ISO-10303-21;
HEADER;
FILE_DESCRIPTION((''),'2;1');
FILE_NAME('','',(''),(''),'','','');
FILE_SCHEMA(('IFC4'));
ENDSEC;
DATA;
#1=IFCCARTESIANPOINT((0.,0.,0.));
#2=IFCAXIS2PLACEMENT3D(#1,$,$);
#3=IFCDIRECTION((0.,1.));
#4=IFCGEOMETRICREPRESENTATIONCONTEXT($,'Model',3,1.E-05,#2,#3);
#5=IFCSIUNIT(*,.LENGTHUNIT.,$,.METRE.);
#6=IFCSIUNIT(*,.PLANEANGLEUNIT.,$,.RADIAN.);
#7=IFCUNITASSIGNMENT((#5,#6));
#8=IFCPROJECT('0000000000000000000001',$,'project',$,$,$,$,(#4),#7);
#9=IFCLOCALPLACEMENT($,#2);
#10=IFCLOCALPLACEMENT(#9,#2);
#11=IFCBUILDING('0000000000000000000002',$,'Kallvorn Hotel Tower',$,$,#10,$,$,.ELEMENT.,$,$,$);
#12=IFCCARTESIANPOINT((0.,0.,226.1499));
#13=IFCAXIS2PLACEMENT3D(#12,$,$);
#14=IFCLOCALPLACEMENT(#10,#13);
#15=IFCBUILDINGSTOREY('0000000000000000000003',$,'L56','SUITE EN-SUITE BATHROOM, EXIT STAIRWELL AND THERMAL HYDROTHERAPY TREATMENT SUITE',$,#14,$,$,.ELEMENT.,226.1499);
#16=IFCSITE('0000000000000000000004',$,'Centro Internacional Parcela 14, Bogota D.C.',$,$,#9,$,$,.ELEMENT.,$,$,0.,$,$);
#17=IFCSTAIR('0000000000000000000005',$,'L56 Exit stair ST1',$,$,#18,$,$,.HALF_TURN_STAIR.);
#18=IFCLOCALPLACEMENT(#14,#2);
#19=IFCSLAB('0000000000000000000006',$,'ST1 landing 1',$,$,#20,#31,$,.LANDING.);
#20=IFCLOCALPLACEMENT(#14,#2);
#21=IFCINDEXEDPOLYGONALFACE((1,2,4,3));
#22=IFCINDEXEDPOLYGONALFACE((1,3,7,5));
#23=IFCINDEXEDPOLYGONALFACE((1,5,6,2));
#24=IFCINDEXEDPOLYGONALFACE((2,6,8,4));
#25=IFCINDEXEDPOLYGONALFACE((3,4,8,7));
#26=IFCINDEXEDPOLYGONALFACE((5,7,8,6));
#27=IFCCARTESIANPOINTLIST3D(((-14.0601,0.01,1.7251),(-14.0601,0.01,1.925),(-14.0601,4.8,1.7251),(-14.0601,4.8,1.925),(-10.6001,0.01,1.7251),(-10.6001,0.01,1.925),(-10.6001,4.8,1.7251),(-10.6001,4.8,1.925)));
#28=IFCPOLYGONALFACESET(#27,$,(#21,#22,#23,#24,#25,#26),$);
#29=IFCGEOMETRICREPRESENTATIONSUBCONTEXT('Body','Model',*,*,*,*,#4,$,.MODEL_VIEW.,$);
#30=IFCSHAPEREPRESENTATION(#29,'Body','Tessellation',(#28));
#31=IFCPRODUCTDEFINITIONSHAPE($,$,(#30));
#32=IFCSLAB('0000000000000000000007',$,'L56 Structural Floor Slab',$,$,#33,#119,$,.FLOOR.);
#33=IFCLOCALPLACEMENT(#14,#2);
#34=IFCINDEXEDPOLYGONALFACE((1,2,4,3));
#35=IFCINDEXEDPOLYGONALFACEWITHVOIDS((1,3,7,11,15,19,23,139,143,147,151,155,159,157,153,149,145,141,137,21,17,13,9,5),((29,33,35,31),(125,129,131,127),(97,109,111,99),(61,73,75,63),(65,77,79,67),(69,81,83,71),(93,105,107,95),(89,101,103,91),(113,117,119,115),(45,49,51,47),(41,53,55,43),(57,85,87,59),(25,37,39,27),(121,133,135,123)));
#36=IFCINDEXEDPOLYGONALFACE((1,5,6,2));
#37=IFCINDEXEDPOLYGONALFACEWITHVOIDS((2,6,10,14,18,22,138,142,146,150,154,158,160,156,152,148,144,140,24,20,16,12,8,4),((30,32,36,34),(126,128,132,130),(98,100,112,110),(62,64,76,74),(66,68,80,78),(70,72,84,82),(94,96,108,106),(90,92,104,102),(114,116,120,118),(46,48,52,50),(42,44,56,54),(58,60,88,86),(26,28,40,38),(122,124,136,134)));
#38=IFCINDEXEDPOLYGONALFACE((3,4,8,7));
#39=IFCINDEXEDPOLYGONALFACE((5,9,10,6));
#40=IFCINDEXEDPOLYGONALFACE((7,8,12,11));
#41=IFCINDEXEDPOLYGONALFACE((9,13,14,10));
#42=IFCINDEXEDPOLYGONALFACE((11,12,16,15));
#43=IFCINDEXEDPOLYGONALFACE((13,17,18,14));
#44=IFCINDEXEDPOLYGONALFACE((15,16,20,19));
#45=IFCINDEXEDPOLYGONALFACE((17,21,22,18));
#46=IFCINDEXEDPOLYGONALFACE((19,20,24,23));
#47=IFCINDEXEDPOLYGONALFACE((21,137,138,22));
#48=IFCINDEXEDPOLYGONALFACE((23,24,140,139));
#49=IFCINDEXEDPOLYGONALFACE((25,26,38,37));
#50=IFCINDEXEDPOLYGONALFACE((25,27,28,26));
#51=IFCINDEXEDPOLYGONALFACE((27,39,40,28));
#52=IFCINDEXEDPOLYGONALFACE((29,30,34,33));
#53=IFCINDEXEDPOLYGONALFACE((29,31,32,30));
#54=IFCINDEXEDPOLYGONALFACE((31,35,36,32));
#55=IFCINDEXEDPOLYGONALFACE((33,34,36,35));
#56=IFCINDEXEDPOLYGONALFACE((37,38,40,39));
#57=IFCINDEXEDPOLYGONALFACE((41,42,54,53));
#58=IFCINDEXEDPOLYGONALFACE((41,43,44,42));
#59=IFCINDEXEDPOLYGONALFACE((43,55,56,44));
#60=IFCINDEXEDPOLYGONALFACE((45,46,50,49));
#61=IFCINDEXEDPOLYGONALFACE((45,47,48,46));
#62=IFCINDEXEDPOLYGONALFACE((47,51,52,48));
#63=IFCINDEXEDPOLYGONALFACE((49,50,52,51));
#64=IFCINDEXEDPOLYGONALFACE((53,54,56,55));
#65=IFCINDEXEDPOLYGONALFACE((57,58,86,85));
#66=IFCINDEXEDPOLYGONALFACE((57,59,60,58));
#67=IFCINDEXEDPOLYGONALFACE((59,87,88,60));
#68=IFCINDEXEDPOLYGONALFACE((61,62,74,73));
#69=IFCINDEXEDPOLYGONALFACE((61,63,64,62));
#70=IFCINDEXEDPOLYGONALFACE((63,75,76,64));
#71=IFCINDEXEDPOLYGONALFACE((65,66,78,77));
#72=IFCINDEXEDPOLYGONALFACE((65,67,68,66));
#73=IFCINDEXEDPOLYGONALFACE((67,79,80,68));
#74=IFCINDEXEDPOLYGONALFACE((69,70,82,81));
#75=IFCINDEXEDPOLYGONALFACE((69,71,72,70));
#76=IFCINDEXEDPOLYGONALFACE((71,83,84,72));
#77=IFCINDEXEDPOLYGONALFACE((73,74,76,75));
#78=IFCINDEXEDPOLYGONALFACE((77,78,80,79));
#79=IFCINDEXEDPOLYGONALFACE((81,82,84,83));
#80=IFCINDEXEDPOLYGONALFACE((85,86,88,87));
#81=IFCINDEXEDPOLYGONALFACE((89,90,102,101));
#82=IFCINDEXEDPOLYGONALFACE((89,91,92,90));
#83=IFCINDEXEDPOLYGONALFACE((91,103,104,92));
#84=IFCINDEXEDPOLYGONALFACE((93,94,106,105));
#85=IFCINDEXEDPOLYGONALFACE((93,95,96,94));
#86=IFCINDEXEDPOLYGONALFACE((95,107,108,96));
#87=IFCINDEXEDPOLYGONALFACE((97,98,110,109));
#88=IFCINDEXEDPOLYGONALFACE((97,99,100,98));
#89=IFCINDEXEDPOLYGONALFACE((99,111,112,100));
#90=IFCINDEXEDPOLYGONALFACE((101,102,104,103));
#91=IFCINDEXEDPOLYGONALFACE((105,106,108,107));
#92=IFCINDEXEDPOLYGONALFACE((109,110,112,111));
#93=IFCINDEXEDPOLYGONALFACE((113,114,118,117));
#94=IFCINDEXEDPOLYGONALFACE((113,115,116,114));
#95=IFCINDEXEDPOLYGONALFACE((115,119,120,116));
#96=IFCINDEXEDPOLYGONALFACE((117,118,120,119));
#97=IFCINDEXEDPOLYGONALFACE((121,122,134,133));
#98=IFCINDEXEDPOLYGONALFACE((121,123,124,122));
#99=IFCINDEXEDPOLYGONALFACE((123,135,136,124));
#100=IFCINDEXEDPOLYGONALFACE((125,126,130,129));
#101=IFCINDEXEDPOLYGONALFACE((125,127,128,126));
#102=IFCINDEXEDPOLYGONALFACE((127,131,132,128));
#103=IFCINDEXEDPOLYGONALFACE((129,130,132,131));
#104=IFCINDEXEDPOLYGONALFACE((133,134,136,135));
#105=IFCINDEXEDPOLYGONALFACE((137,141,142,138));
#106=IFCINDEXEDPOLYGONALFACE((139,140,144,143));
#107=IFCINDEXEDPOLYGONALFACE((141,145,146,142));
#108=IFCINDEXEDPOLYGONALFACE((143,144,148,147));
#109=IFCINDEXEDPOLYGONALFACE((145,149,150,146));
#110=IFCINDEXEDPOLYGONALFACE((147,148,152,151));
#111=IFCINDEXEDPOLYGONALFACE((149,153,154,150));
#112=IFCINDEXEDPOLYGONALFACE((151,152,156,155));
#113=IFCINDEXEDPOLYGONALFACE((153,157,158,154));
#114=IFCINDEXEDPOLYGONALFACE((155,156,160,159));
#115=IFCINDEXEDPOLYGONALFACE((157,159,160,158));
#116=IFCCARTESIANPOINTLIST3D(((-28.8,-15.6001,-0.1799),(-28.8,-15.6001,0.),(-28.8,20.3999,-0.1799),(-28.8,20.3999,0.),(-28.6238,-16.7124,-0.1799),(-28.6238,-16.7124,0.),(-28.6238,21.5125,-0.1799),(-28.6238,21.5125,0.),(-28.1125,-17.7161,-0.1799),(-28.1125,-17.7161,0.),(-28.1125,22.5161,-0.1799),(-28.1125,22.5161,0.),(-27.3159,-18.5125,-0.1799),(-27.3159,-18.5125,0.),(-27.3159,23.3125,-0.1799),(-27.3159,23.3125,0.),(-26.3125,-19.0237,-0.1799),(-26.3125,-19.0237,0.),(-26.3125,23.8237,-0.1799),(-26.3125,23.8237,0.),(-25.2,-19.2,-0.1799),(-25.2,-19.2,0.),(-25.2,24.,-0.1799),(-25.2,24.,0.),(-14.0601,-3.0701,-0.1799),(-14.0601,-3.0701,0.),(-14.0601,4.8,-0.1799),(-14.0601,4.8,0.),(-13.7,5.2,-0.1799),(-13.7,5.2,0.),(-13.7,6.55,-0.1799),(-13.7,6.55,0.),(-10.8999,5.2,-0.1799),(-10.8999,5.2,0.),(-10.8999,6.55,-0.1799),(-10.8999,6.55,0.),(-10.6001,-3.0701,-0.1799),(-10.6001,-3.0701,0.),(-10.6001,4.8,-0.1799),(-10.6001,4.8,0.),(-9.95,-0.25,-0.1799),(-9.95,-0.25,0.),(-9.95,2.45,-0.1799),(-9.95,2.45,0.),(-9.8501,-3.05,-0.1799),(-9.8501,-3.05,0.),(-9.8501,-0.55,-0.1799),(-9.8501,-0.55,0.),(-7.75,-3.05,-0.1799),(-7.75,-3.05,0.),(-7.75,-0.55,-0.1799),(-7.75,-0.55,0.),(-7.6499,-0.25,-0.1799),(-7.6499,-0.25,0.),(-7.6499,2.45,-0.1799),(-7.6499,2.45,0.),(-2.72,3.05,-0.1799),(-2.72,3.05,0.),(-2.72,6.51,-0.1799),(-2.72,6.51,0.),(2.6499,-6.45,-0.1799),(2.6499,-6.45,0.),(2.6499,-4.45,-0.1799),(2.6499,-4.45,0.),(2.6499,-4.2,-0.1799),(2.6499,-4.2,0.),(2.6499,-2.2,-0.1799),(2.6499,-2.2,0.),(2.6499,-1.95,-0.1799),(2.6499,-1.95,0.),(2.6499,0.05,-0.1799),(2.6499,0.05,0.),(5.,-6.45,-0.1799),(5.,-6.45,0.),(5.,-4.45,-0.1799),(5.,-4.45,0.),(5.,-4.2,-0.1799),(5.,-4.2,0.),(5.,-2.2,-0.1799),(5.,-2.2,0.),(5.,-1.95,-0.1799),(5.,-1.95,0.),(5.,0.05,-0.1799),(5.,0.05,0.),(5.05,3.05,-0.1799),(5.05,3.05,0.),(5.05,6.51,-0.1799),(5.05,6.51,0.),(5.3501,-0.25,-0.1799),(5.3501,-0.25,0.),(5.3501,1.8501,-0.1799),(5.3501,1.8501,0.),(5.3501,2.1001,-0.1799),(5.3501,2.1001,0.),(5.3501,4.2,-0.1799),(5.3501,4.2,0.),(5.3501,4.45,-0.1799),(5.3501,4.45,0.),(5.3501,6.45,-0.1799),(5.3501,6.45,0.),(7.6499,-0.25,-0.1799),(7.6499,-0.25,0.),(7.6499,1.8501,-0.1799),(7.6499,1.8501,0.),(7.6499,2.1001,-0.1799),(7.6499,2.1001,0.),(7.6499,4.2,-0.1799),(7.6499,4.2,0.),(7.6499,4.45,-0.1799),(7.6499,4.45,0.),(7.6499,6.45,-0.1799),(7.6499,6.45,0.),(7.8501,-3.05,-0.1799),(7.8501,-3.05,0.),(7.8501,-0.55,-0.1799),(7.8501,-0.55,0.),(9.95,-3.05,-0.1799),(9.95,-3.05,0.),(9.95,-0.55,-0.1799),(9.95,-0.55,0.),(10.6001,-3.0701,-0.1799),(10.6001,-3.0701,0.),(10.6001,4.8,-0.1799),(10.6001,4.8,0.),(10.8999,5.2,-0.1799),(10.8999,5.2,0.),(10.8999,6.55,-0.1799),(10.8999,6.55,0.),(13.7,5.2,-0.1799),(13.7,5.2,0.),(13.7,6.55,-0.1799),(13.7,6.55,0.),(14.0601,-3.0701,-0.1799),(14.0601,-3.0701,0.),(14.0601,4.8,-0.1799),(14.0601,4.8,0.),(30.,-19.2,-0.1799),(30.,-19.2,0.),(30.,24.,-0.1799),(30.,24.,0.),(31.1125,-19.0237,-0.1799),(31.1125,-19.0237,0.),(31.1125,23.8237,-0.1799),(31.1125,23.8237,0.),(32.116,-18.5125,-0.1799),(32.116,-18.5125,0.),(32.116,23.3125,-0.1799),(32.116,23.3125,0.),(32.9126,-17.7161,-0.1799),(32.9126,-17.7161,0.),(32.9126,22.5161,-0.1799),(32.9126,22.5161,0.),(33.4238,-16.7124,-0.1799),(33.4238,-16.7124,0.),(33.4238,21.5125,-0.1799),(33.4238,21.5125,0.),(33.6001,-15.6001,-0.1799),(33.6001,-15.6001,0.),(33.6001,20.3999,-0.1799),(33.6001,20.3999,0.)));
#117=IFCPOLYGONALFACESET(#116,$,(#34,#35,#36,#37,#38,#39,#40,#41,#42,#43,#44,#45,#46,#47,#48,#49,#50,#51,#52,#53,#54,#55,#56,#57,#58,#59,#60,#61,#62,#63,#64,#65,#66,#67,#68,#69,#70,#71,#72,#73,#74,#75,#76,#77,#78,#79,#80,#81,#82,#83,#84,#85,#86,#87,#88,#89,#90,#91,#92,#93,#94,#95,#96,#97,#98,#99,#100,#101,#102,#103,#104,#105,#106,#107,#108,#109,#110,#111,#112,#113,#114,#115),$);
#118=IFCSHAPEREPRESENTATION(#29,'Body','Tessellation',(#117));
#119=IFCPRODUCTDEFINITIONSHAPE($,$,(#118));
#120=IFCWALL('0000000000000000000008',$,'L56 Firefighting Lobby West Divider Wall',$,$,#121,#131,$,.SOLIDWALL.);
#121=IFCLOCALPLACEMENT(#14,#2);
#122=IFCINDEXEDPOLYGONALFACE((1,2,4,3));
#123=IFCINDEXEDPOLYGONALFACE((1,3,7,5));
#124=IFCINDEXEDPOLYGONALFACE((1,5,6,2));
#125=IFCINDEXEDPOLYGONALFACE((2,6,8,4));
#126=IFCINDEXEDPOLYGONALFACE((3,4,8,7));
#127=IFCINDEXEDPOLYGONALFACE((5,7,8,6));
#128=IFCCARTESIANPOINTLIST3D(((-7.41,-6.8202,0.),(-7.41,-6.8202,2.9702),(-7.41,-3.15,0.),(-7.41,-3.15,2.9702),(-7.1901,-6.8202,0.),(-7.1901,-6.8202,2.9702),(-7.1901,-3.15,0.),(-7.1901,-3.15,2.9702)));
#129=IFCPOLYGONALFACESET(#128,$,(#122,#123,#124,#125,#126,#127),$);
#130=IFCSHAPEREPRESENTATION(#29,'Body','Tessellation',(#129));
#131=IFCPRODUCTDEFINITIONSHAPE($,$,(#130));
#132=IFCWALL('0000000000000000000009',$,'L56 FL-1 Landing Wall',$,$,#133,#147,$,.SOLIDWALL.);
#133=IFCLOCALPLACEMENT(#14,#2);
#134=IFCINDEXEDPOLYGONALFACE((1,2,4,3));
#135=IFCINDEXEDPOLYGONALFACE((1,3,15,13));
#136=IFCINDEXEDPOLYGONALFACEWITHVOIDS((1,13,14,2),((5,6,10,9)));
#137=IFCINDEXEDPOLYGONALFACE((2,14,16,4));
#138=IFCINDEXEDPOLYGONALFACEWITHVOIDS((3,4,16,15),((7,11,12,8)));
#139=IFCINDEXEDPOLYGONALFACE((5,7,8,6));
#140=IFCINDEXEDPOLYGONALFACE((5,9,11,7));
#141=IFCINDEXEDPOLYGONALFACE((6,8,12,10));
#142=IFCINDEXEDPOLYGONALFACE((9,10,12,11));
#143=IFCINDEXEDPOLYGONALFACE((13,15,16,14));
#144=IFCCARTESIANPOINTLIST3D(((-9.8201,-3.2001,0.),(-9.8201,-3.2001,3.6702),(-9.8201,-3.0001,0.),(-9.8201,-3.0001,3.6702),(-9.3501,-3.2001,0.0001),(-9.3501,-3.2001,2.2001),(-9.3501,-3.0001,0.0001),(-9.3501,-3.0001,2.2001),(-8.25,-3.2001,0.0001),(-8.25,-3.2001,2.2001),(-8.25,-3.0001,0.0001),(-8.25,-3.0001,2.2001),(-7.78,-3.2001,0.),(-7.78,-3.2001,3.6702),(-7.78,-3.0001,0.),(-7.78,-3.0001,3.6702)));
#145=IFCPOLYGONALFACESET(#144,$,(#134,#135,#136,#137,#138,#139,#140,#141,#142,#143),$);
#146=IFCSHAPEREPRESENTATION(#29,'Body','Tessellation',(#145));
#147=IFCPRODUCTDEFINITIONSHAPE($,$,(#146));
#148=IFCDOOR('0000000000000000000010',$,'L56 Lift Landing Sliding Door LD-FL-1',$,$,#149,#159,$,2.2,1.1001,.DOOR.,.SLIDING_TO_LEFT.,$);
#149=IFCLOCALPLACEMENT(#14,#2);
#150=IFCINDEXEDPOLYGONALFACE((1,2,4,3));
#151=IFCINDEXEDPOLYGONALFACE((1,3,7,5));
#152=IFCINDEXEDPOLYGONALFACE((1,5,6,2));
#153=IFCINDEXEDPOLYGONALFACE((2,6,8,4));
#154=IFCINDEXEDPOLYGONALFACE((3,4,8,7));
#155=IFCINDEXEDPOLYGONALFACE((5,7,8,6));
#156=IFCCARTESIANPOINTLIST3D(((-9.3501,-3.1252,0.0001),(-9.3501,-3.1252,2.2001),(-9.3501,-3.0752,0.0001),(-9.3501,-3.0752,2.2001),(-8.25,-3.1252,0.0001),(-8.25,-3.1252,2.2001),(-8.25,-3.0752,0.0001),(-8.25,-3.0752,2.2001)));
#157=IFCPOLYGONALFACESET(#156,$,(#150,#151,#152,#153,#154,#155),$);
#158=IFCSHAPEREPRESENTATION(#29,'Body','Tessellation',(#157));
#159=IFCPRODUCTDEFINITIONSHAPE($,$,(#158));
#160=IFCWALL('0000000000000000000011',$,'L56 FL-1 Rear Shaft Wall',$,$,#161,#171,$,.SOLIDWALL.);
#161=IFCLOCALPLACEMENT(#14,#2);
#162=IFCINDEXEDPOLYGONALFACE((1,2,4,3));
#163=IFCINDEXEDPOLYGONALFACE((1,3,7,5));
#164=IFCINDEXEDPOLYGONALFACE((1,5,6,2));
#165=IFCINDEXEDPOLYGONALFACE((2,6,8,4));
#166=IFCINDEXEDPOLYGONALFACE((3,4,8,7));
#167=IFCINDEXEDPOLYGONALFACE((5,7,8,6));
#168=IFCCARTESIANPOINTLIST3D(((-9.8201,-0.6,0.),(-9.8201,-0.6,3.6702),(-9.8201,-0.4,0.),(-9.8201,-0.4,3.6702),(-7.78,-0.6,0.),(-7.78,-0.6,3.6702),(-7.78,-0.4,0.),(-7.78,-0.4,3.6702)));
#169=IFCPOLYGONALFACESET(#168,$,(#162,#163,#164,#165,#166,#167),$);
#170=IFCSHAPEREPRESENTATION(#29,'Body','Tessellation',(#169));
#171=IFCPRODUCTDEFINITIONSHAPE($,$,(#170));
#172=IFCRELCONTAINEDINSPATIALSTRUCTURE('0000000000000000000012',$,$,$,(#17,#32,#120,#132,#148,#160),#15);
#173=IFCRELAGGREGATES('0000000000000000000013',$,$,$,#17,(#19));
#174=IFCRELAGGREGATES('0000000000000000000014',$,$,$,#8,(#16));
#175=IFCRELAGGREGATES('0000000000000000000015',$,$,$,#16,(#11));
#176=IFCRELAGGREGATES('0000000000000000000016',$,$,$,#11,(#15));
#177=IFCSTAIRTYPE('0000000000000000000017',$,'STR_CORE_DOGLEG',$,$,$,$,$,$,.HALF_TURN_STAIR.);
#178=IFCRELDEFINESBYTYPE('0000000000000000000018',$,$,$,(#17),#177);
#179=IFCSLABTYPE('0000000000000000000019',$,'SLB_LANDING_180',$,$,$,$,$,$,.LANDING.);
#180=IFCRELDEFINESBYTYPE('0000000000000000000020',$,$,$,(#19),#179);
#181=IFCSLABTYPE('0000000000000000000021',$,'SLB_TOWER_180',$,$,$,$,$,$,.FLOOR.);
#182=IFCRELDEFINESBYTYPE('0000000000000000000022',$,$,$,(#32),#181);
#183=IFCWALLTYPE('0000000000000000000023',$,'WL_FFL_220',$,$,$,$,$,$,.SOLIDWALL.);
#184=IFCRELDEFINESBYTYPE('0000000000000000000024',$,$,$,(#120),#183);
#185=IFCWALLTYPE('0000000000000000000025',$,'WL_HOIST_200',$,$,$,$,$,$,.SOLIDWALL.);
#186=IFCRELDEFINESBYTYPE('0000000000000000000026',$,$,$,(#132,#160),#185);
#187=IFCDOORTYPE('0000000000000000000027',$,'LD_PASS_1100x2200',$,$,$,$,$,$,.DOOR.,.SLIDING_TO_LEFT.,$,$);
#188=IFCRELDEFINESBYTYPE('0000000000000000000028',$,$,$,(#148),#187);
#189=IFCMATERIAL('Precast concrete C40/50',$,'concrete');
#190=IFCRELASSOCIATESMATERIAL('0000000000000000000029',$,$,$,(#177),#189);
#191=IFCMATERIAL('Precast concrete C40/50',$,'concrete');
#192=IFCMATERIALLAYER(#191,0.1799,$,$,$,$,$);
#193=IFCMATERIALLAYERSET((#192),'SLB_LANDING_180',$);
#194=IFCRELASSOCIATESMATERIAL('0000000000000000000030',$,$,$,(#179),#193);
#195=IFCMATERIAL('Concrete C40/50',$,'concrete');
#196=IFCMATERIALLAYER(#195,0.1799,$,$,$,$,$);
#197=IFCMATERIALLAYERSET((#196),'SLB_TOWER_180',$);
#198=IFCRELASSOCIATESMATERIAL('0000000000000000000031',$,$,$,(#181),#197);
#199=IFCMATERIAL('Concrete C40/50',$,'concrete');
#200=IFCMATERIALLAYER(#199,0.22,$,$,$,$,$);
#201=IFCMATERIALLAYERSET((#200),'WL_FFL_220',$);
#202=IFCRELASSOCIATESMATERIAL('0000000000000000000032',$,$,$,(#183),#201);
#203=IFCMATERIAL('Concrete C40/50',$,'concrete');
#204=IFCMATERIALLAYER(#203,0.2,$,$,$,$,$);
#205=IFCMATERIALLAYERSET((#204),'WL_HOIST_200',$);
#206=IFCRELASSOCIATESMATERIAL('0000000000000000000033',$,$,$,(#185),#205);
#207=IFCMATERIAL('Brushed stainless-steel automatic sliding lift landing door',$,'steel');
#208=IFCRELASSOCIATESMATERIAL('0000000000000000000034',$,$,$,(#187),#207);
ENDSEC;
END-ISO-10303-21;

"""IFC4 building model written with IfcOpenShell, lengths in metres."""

from ifc_helpers import new_model, si_unit, direction, frame, frame_2d, origin, place, context, subcontext, project, spatial, polyline, rectangle, outline, extrude, material, layer, layer_set, type_object, element, fill, aggregate, save


model = new_model("IFC4")

# Units and contexts
model_context = context("Model", 3, precision=1e-05, world=origin(), true_north=direction((0.0, 1.0)))
body_context = subcontext(model_context, "Body", "Model", "MODEL_VIEW")
ifc_project = project(units=[si_unit("LENGTHUNIT", "METRE"), si_unit("PLANEANGLEUNIT", "RADIAN")], contexts=[model_context])

# Site, building, storey
site_placement = place(None, origin())
site = spatial("IfcSite", under=ifc_project, at=site_placement, Name="Centro Internacional Parcela 14, Bogota D.C.", CompositionType="ELEMENT", RefElevation=0.0)
building_placement = place(site_placement, origin())
building = spatial("IfcBuilding", under=site, at=building_placement, Name="Kallvorn Hotel Tower", CompositionType="ELEMENT")
storey_placement = place(building_placement, frame((0.0, 0.0, 226.1499)))
storey = spatial("IfcBuildingStorey", under=building, at=storey_placement, Name="L56", Description="SUITE EN-SUITE BATHROOM, EXIT STAIRWELL AND THERMAL HYDROTHERAPY TREATMENT SUITE", CompositionType="ELEMENT", Elevation=226.1499)

# Stair, slab
ifc_material_1 = material(Name="Precast concrete C40/50", Category="concrete")
stair_type = type_object("IfcStairType", Name="STR_CORE_DOGLEG", PredefinedType="HALF_TURN_STAIR", material=ifc_material_1)
stair_placement = place(storey_placement, origin())
stair = element("IfcStair", 1, at=stair_placement, inside=storey, type_object=stair_type, Name="L56 Exit stair ST1", PredefinedType="HALF_TURN_STAIR")
ifc_material_2 = material(Name="Precast concrete C40/50", Category="concrete")
ifc_layer_1 = layer(ifc_material_2, 0.1799)
ifc_layer_set_1 = layer_set([ifc_layer_1], Name="SLB_LANDING_180")
slab_type_1 = type_object("IfcSlabType", Name="SLB_LANDING_180", PredefinedType="LANDING", material=ifc_layer_set_1)
slab_1_placement = place(storey_placement, frame((0.0, 0.0, 1.7251)))
slab_1 = element("IfcSlab", 2, at=slab_1_placement, type_object=slab_type_1, Name="ST1 landing 1", PredefinedType="LANDING", context=body_context, shape_type="SweptSolid", body=[
    extrude(outline(polyline([(-10.6001, 0.01), (-10.6001, 4.8), (-14.0601, 4.8), (-14.0601, 0.01), (-10.6001, 0.01)])), origin(), (0.0, 0.0, 1.0), 0.2),
])
aggregate(stair, [slab_1])

# Slab
ifc_material_3 = material(Name="Concrete C40/50", Category="concrete")
ifc_layer_2 = layer(ifc_material_3, 0.1799)
ifc_layer_set_2 = layer_set([ifc_layer_2], Name="SLB_TOWER_180")
slab_type_2 = type_object("IfcSlabType", Name="SLB_TOWER_180", PredefinedType="FLOOR", material=ifc_layer_set_2)
slab_2_placement = place(storey_placement, frame((0.0, 0.0, -0.1799)))
element("IfcSlab", 3, at=slab_2_placement, inside=storey, type_object=slab_type_2, Name="L56 Structural Floor Slab", PredefinedType="FLOOR", context=body_context, shape_type="SweptSolid", body=[
    extrude(outline(polyline([(30.0, -19.2), (31.1125, -19.0237), (32.116, -18.5125), (32.9126, -17.7161), (33.4238, -16.7124), (33.6001, -15.6001), (33.6001, 20.3999), (33.4238, 21.5125), (32.9126, 22.5161), (32.116, 23.3125), (31.1125, 23.8237), (30.0, 24.0), (-25.2, 24.0), (-26.3125, 23.8237), (-27.3159, 23.3125), (-28.1125, 22.5161), (-28.6238, 21.5125), (-28.8, 20.3999), (-28.8, -15.6001), (-28.6238, -16.7124), (-28.1125, -17.7161), (-27.3159, -18.5125), (-26.3125, -19.0237), (-25.2, -19.2), (30.0, -19.2)]), holes=[polyline([(-10.6001, -3.0701), (-10.6001, 4.8), (-14.0601, 4.8), (-14.0601, -3.0701), (-10.6001, -3.0701)]), polyline([(14.0601, -3.0701), (14.0601, 4.8), (10.6001, 4.8), (10.6001, -3.0701), (14.0601, -3.0701)]), polyline([(-2.72, 3.05), (5.05, 3.05), (5.05, 6.51), (-2.72, 6.51), (-2.72, 3.05)]), polyline([(2.6499, -6.45), (5.0, -6.45), (5.0, -4.45), (2.6499, -4.45), (2.6499, -6.45)]), polyline([(2.6499, -4.2), (5.0, -4.2), (5.0, -2.2), (2.6499, -2.2), (2.6499, -4.2)]), polyline([(2.6499, -1.95), (5.0, -1.95), (5.0, 0.05), (2.6499, 0.05), (2.6499, -1.95)]), polyline([(5.3501, -0.25), (7.6499, -0.25), (7.6499, 1.8501), (5.3501, 1.8501), (5.3501, -0.25)]), polyline([(5.3501, 2.1001), (7.6499, 2.1001), (7.6499, 4.2), (5.3501, 4.2), (5.3501, 2.1001)]), polyline([(5.3501, 4.45), (7.6499, 4.45), (7.6499, 6.45), (5.3501, 6.45), (5.3501, 4.45)]), polyline([(-9.8501, -3.05), (-7.75, -3.05), (-7.75, -0.55), (-9.8501, -0.55), (-9.8501, -3.05)]), polyline([(7.8501, -3.05), (9.95, -3.05), (9.95, -0.55), (7.8501, -0.55), (7.8501, -3.05)]), polyline([(-9.95, -0.25), (-7.6499, -0.25), (-7.6499, 2.45), (-9.95, 2.45), (-9.95, -0.25)]), polyline([(-13.7, 5.2), (-10.8999, 5.2), (-10.8999, 6.55), (-13.7, 6.55), (-13.7, 5.2)]), polyline([(10.8999, 5.2), (13.7, 5.2), (13.7, 6.55), (10.8999, 6.55), (10.8999, 5.2)])]), origin(), (0.0, 0.0, 1.0), 0.1799),
])

# Wall
ifc_material_4 = material(Name="Concrete C40/50", Category="concrete")
ifc_layer_3 = layer(ifc_material_4, 0.22)
ifc_layer_set_3 = layer_set([ifc_layer_3], Name="WL_FFL_220")
wall_type_1 = type_object("IfcWallType", Name="WL_FFL_220", PredefinedType="SOLIDWALL", material=ifc_layer_set_3)
wall_1_placement = place(storey_placement, frame((-7.3, -6.8201, 0.0), z_axis=(0.0, 0.0, 1.0), x_axis=(0.0, 1.0, 0.0)))
element("IfcWall", 4, at=wall_1_placement, inside=storey, type_object=wall_type_1, Name="L56 Firefighting Lobby West Divider Wall", PredefinedType="SOLIDWALL", context=body_context, shape_type="SweptSolid", body=[
    extrude(rectangle(XDim=3.6702, YDim=0.22, at=frame_2d((1.835, 0.0))), origin(), (0.0, 0.0, 1.0), 2.9702),
])

# Wall, opening, door
ifc_material_5 = material(Name="Concrete C40/50", Category="concrete")
ifc_layer_4 = layer(ifc_material_5, 0.2)
ifc_layer_set_4 = layer_set([ifc_layer_4], Name="WL_HOIST_200")
wall_type_2 = type_object("IfcWallType", Name="WL_HOIST_200", PredefinedType="SOLIDWALL", material=ifc_layer_set_4)
wall_2_placement = place(storey_placement, frame((-9.8201, -3.1001, 0.0), z_axis=(0.0, 0.0, 1.0), x_axis=(1.0, 0.0, 0.0)))
wall_2 = element("IfcWall", 5, at=wall_2_placement, inside=storey, type_object=wall_type_2, Name="L56 FL-1 Landing Wall", PredefinedType="SOLIDWALL", context=body_context, shape_type="SweptSolid", body=[
    extrude(rectangle(XDim=2.04, YDim=0.2, at=frame_2d((1.02, 0.0))), origin(), (0.0, 0.0, 1.0), 3.6702),
])
opening_1_placement = place(wall_2_placement, frame((0.47, 0.0, 0.0)))
opening_1 = element("IfcOpeningElement", 6, at=opening_1_placement, cuts=wall_2, PredefinedType="OPENING", context=body_context, shape_type="SweptSolid", body=[
    extrude(rectangle(XDim=1.1001, YDim=2.2, at=frame_2d((0.55, 1.1001))), frame((0.0, 0.115, 0.0), z_axis=(0.0, -1.0, 0.0), x_axis=(1.0, 0.0, 0.0)), (0.0, 0.0, 1.0), 0.23),
])
ifc_material_6 = material(Name="Brushed stainless-steel automatic sliding lift landing door", Category="steel")
door_type_1 = type_object("IfcDoorType", Name="LD_PASS_1100x2200", OperationType="SLIDING_TO_LEFT", PredefinedType="DOOR", material=ifc_material_6)
door_1_placement = place(opening_1_placement, origin())
door_1 = element("IfcDoor", 7, at=door_1_placement, inside=storey, type_object=door_type_1, Name="L56 Lift Landing Sliding Door LD-FL-1", OperationType="SLIDING_TO_LEFT", OverallHeight=2.2, OverallWidth=1.1001, PredefinedType="DOOR", context=body_context, shape_type="SweptSolid", body=[
    extrude(rectangle(XDim=1.1001, YDim=2.2, at=frame_2d((0.55, 1.1001))), frame((0.0, 0.0249, 0.0), z_axis=(0.0, -1.0, 0.0), x_axis=(1.0, 0.0, 0.0)), (0.0, 0.0, 1.0), 0.05),
])
fill(opening_1, door_1)

# Wall
wall_3_placement = place(storey_placement, frame((-9.8201, -0.5, 0.0), z_axis=(0.0, 0.0, 1.0), x_axis=(1.0, 0.0, 0.0)))
element("IfcWall", 8, at=wall_3_placement, inside=storey, type_object=wall_type_2, Name="L56 FL-1 Rear Shaft Wall", PredefinedType="SOLIDWALL", context=body_context, shape_type="SweptSolid", body=[
    extrude(rectangle(XDim=2.04, YDim=0.2, at=frame_2d((1.02, 0.0))), origin(), (0.0, 0.0, 1.0), 3.6702),
])

save(model, "model.ifc")
